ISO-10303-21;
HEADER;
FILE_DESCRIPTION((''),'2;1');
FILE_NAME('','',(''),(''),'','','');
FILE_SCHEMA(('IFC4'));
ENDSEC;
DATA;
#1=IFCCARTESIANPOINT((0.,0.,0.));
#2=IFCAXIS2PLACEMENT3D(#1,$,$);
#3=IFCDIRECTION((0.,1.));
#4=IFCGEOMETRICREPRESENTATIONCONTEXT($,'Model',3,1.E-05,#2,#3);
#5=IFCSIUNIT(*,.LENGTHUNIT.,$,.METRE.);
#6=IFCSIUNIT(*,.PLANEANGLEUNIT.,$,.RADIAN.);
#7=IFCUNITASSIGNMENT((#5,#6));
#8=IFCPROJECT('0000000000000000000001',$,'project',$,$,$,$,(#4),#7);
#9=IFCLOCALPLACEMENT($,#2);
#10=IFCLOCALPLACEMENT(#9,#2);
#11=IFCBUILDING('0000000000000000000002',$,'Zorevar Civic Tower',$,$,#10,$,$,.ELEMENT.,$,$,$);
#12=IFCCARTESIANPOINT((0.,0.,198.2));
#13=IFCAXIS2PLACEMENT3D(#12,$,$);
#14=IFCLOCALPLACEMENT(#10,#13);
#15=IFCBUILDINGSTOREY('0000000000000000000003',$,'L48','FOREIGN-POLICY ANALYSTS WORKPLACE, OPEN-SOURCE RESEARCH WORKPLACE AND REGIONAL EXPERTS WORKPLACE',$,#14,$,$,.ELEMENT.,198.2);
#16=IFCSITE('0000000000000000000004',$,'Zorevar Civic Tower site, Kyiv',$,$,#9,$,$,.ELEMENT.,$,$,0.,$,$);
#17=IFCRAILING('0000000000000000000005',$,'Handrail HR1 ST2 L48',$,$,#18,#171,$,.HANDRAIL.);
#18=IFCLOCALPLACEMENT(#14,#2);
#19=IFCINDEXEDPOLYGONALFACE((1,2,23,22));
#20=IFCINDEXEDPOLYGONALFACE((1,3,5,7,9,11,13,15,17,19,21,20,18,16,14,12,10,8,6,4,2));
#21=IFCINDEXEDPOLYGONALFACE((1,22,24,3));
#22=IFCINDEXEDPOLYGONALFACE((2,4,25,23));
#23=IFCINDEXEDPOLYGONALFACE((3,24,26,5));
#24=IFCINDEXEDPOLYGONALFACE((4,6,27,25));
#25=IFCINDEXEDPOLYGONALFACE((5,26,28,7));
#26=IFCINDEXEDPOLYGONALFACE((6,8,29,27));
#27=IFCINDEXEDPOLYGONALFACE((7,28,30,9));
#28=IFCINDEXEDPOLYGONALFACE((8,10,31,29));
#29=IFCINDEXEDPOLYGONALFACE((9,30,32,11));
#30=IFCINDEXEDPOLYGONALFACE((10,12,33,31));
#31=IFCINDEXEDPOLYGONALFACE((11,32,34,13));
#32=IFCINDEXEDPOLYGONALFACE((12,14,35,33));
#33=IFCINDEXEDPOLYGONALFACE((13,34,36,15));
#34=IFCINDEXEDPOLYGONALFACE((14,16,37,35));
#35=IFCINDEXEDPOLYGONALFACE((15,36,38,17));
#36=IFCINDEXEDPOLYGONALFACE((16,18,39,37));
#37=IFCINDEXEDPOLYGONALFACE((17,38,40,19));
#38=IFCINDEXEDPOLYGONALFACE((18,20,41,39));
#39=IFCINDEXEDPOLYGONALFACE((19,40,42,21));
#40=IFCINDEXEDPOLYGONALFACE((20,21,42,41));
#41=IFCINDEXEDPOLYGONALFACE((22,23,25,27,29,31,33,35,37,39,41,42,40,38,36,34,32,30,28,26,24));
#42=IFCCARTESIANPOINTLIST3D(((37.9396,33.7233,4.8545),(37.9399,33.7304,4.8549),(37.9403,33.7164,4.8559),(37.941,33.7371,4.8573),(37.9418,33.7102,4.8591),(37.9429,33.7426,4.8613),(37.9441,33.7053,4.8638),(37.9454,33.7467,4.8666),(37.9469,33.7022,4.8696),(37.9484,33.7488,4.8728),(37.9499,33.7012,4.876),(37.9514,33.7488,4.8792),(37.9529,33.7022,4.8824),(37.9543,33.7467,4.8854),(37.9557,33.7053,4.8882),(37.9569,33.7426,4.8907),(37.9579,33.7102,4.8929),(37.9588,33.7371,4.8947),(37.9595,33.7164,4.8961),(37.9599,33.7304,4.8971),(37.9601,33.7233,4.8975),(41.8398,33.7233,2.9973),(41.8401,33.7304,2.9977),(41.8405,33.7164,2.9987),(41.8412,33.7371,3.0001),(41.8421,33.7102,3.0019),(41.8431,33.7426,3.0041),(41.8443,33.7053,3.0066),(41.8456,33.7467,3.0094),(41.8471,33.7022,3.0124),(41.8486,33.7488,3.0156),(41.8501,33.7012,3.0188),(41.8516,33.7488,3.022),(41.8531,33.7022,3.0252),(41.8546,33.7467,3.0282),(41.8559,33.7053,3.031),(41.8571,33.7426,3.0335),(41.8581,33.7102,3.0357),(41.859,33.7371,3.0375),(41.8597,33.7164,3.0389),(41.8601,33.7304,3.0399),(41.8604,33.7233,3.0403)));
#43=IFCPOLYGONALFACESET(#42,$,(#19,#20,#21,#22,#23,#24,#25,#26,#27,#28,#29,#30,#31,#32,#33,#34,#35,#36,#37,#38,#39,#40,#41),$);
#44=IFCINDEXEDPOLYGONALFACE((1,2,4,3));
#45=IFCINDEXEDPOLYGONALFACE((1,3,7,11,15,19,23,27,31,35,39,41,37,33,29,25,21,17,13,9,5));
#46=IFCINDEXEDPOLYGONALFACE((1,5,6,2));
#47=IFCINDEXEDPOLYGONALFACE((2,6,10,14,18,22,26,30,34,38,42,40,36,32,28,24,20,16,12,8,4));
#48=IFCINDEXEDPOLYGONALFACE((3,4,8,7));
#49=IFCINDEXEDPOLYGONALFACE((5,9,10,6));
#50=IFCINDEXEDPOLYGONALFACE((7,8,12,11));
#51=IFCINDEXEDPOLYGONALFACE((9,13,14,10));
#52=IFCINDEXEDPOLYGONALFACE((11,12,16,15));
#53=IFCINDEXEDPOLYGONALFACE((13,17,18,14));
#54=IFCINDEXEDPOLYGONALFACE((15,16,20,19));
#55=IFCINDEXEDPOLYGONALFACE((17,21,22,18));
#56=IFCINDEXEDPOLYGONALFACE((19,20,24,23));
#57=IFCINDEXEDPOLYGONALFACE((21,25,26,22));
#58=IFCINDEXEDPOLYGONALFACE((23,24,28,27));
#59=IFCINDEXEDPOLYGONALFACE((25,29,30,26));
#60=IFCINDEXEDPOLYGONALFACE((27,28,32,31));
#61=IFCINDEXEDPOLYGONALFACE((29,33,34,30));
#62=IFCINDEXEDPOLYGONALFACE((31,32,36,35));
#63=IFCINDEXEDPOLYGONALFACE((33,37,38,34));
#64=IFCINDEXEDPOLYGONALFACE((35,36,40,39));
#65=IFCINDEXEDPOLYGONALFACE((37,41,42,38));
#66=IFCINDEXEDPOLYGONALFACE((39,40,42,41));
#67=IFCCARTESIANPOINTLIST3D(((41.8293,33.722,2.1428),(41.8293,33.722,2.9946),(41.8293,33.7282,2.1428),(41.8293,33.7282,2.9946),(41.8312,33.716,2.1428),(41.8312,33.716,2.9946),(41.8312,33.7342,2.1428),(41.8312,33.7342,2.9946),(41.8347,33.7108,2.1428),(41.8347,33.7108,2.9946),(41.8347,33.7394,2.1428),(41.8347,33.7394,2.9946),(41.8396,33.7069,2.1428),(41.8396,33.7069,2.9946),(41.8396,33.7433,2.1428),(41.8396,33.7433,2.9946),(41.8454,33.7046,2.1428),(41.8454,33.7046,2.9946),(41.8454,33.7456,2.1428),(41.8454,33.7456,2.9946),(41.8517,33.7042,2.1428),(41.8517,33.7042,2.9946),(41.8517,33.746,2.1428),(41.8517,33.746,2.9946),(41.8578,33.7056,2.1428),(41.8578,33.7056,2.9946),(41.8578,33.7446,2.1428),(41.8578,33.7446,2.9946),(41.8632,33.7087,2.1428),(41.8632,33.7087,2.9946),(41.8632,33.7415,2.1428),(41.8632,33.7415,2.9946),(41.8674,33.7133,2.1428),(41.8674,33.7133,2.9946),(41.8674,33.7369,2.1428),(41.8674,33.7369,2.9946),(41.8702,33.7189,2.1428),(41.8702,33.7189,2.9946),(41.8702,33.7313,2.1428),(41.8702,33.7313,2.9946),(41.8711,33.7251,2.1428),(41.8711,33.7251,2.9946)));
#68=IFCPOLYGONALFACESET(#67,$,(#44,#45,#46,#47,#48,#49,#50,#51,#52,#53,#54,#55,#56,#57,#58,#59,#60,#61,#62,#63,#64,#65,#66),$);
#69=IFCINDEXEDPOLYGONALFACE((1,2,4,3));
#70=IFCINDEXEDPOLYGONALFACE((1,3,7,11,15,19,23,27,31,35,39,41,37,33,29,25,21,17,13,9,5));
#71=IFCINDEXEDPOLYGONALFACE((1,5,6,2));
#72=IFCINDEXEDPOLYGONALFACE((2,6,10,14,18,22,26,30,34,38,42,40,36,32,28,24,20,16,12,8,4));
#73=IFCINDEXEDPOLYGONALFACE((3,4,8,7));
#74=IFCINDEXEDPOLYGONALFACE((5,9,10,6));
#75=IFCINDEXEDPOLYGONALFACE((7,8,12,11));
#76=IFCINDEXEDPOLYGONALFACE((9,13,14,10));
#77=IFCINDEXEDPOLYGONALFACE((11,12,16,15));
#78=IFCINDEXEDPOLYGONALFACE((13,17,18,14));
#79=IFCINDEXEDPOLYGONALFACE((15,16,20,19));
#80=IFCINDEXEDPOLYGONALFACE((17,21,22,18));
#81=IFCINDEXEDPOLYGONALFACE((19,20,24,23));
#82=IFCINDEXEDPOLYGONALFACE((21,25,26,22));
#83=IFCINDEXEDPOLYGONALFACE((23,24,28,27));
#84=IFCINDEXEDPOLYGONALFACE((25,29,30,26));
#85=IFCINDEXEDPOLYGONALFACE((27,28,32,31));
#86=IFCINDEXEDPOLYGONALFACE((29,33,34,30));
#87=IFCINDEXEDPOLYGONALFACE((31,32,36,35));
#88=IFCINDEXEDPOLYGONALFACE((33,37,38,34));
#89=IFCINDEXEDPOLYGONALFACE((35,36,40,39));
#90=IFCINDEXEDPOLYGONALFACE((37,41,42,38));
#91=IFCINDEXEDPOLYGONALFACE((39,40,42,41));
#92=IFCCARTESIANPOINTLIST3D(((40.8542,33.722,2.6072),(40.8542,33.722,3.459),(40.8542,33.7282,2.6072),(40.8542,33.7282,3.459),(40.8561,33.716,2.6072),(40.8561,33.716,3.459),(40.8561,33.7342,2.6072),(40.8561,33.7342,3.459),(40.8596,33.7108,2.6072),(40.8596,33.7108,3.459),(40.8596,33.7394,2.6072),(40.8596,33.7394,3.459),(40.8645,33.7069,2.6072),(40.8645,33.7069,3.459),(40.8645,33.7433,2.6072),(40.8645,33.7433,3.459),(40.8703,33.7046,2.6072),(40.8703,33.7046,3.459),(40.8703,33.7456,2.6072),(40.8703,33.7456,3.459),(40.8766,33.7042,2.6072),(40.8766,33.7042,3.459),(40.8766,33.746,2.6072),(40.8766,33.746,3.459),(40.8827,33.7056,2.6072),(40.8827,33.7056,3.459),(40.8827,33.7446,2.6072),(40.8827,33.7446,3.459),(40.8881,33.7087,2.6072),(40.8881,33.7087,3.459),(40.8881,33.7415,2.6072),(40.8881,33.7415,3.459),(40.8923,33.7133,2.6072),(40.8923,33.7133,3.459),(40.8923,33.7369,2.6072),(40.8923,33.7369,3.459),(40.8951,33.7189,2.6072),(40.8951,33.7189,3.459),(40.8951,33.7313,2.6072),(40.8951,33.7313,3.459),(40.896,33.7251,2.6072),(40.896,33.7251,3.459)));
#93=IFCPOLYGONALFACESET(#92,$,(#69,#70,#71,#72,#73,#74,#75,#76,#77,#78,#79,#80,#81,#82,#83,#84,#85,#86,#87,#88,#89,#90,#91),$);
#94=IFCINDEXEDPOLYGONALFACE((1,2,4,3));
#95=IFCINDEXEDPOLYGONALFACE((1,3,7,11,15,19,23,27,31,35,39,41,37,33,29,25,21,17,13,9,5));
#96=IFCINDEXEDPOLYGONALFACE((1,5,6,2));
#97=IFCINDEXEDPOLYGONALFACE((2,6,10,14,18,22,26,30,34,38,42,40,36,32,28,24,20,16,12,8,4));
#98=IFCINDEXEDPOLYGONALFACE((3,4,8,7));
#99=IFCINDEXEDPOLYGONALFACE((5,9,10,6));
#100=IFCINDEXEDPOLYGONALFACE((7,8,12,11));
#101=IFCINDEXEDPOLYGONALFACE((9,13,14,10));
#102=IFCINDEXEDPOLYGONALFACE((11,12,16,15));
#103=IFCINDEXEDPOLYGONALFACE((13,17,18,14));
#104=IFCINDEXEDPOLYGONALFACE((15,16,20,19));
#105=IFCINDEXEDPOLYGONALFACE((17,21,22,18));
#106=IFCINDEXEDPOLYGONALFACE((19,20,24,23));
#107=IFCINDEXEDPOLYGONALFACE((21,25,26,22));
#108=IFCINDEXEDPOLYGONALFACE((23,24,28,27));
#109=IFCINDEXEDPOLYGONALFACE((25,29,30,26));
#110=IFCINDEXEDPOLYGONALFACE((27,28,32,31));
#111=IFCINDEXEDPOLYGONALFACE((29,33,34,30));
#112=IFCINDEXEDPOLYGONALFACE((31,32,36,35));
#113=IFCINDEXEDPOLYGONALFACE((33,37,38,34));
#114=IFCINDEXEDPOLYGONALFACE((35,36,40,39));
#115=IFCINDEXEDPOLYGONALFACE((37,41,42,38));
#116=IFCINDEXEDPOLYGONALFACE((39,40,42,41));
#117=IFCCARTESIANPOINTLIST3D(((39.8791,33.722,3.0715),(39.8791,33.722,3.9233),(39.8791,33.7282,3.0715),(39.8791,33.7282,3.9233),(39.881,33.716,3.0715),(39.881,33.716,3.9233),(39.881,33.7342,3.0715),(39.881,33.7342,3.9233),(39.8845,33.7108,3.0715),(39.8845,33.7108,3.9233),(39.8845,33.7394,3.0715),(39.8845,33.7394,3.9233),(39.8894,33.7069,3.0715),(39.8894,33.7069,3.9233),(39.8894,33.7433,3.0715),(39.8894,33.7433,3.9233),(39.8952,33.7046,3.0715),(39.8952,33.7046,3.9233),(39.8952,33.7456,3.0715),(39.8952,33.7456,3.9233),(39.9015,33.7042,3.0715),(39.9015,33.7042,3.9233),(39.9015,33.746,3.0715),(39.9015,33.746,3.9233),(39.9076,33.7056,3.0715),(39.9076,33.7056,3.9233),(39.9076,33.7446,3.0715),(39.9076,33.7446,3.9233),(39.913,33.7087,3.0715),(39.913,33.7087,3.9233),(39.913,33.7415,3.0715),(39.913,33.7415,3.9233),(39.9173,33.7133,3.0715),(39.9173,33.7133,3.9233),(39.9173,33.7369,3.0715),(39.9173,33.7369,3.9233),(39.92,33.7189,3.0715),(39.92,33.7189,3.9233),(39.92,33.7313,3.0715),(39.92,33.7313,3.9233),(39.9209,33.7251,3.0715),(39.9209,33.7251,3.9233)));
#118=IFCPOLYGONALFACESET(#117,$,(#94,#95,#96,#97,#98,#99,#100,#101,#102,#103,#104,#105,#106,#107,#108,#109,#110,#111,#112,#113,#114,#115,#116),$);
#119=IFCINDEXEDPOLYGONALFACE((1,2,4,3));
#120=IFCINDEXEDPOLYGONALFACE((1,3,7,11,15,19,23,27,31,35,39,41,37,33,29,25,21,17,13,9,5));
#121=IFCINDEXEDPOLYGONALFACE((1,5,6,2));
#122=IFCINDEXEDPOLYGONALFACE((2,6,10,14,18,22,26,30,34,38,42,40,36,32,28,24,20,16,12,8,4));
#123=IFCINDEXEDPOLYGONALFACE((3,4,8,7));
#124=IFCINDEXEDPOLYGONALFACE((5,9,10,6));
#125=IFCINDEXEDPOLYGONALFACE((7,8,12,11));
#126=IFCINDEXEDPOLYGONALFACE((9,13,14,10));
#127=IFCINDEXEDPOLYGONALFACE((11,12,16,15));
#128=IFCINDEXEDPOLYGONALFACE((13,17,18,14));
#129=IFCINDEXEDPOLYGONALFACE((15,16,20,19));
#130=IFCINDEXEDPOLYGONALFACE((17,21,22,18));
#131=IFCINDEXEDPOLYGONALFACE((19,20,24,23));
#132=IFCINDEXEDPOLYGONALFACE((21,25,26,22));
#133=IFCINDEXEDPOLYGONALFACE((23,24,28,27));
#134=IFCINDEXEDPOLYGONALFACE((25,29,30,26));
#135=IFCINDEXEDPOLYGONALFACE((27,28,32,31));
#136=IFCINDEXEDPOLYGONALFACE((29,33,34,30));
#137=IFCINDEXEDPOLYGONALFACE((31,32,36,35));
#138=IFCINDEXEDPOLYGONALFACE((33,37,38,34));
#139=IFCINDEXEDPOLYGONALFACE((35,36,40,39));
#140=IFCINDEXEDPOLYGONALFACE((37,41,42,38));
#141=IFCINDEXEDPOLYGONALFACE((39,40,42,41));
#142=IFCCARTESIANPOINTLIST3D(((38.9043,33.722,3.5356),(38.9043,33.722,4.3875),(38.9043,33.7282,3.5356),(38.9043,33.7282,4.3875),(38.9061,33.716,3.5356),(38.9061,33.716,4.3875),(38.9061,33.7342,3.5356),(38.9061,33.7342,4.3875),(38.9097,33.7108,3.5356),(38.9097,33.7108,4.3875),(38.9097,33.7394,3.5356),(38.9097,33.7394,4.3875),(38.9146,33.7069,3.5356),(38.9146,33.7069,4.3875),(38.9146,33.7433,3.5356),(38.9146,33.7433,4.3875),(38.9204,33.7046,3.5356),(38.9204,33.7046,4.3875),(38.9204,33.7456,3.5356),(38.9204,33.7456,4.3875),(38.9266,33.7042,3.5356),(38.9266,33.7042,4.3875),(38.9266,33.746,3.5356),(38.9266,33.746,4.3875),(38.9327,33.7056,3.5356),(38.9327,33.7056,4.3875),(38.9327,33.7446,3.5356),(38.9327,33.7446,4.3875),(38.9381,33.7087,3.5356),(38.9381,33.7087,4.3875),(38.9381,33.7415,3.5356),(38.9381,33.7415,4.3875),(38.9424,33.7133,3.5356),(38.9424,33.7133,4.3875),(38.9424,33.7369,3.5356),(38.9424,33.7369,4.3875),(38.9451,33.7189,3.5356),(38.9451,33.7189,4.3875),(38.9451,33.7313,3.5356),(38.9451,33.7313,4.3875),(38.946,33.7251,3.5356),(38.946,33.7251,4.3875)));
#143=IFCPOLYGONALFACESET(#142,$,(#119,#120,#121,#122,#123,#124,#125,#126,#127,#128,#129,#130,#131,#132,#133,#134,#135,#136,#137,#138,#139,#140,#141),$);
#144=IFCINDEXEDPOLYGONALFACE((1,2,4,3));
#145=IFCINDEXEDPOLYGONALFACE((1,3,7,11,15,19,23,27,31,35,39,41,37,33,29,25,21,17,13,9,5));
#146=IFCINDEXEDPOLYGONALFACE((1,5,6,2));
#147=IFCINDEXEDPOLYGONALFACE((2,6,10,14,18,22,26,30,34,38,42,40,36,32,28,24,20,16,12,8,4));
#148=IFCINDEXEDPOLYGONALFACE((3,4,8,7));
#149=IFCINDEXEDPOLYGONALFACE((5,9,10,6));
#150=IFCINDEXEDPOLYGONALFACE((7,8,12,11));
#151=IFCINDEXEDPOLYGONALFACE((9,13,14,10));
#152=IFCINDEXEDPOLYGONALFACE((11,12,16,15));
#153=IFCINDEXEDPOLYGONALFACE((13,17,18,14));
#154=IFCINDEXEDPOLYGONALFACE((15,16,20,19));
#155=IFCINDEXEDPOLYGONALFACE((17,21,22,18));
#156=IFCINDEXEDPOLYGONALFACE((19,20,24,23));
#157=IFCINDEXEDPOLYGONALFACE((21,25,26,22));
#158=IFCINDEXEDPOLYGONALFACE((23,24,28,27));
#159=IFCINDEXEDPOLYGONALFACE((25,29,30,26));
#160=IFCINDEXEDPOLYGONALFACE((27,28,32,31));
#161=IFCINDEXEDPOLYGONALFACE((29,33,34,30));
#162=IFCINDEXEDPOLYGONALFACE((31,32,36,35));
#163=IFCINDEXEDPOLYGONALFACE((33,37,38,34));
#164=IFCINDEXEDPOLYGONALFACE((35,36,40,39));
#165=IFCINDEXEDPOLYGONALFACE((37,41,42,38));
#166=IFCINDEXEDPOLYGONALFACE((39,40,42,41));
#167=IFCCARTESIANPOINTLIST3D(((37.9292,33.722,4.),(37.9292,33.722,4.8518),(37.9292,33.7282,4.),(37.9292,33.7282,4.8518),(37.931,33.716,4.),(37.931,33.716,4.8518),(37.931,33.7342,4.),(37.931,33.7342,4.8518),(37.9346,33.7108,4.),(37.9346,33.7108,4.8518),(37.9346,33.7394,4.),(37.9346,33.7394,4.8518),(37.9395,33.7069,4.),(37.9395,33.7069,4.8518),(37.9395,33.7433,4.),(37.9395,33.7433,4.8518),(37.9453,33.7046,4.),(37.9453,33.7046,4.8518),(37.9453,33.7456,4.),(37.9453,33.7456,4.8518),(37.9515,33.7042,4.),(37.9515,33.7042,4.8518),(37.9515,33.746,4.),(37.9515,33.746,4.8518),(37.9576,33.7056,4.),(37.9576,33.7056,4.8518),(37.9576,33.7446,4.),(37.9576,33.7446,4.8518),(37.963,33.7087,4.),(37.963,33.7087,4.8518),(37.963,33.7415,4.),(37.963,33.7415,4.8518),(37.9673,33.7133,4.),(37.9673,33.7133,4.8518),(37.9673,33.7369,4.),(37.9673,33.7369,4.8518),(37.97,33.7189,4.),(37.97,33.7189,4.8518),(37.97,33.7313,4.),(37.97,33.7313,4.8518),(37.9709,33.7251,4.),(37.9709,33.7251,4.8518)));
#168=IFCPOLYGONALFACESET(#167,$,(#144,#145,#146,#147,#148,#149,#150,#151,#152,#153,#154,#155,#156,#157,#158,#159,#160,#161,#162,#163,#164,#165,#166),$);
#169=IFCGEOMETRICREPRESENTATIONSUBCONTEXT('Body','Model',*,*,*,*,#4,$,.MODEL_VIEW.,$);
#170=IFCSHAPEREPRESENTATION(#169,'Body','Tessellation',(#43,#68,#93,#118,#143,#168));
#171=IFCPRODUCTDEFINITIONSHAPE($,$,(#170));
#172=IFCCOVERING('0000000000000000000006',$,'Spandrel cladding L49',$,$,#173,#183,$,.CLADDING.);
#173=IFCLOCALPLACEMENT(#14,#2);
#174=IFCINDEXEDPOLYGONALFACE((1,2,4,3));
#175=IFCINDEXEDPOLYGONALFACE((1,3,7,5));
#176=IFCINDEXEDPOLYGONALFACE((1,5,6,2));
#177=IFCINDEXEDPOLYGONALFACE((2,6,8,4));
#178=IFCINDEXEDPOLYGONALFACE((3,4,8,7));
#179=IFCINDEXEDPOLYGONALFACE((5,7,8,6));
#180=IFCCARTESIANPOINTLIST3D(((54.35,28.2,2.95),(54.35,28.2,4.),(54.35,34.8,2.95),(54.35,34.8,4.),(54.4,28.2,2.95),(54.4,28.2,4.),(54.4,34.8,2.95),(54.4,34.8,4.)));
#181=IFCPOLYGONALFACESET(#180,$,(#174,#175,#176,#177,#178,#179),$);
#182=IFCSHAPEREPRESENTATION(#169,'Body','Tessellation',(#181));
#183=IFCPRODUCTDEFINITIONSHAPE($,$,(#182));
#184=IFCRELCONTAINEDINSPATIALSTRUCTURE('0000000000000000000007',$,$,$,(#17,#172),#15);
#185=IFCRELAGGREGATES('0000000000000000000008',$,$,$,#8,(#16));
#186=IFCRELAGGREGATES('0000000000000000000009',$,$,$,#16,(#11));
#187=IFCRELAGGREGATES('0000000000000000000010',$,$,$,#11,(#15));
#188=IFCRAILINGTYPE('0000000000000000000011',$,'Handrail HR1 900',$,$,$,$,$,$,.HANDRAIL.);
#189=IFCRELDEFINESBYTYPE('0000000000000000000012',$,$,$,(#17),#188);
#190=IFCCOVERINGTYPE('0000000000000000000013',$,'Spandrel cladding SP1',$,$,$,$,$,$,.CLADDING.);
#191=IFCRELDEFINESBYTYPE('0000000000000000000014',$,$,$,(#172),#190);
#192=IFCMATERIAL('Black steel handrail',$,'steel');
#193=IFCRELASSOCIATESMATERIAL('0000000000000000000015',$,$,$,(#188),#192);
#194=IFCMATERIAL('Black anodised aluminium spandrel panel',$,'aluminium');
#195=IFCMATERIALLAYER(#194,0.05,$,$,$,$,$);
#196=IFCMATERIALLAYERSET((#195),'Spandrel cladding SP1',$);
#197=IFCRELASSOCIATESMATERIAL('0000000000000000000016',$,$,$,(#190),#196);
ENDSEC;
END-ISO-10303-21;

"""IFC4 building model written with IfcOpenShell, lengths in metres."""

from ifc_helpers import new_model, si_unit, direction, frame, frame_2d, origin, origin_2d, place, context, subcontext, project, spatial, rectangle, circle, extrude, material, layer, layer_set, type_object, element, save


model = new_model("IFC4")

# Units and contexts
model_context = context("Model", 3, precision=1e-05, world=origin(), true_north=direction((0.0, 1.0)))
body_context = subcontext(model_context, "Body", "Model", "MODEL_VIEW")
ifc_project = project(units=[si_unit("LENGTHUNIT", "METRE"), si_unit("PLANEANGLEUNIT", "RADIAN")], contexts=[model_context])

# Site, building, storey
site_placement = place(None, origin())
site = spatial("IfcSite", under=ifc_project, at=site_placement, Name="Zorevar Civic Tower site, Kyiv", CompositionType="ELEMENT", RefElevation=0.0)
building_placement = place(site_placement, origin())
building = spatial("IfcBuilding", under=site, at=building_placement, Name="Zorevar Civic Tower", CompositionType="ELEMENT")
storey_placement = place(building_placement, frame((0.0, 0.0, 198.2)))
storey = spatial("IfcBuildingStorey", under=building, at=storey_placement, Name="L48", Description="FOREIGN-POLICY ANALYSTS WORKPLACE, OPEN-SOURCE RESEARCH WORKPLACE AND REGIONAL EXPERTS WORKPLACE", CompositionType="ELEMENT", Elevation=198.2)

# Railing
ifc_material_1 = material(Name="Black steel handrail", Category="steel")
railing_type = type_object("IfcRailingType", Name="Handrail HR1 900", PredefinedType="HANDRAIL", material=ifc_material_1)
railing_placement = place(storey_placement, frame((41.8501, 33.7251, 2.1428)))
element("IfcRailing", 1, at=railing_placement, inside=storey, type_object=railing_type, Name="Handrail HR1 ST2 L48", PredefinedType="HANDRAIL", context=body_context, shape_type="SweptSolid", body=[
    extrude(circle(Radius=0.0239, at=origin_2d()), frame((0.0, 0.0, 0.876), z_axis=(-0.902864, 0.0, 0.429927), x_axis=(0.0, -1.0, 0.0)), (0.0, 0.0, 1.0), 4.3198),
    extrude(circle(Radius=0.021, at=origin_2d()), origin(), (0.0, 0.0, 1.0), 0.8518),
    extrude(circle(Radius=0.021, at=origin_2d()), frame((-0.9751, 0.0, 0.4644)), (0.0, 0.0, 1.0), 0.8518),
    extrude(circle(Radius=0.021, at=origin_2d()), frame((-1.9502, 0.0, 0.9287)), (0.0, 0.0, 1.0), 0.8518),
    extrude(circle(Radius=0.021, at=origin_2d()), frame((-2.925, 0.0, 1.3928)), (0.0, 0.0, 1.0), 0.8518),
    extrude(circle(Radius=0.021, at=origin_2d()), frame((-3.9001, 0.0, 1.8572)), (0.0, 0.0, 1.0), 0.8518),
])

# Covering
ifc_material_2 = material(Name="Black anodised aluminium spandrel panel", Category="aluminium")
ifc_layer_1 = layer(ifc_material_2, 0.05)
ifc_layer_set_1 = layer_set([ifc_layer_1], Name="Spandrel cladding SP1")
covering_type = type_object("IfcCoveringType", Name="Spandrel cladding SP1", PredefinedType="CLADDING", material=ifc_layer_set_1)
covering_placement = place(storey_placement, frame((54.375, 28.2, 2.95), z_axis=(0.0, 0.0, 1.0), x_axis=(0.0, 1.0, 0.0)))
element("IfcCovering", 2, at=covering_placement, inside=storey, type_object=covering_type, Name="Spandrel cladding L49", PredefinedType="CLADDING", context=body_context, shape_type="SweptSolid", body=[
    extrude(rectangle(XDim=6.6001, YDim=0.05, at=frame_2d((3.3, 0.0))), origin(), (0.0, 0.0, 1.0), 1.05),
])

save(model, "model.ifc")
